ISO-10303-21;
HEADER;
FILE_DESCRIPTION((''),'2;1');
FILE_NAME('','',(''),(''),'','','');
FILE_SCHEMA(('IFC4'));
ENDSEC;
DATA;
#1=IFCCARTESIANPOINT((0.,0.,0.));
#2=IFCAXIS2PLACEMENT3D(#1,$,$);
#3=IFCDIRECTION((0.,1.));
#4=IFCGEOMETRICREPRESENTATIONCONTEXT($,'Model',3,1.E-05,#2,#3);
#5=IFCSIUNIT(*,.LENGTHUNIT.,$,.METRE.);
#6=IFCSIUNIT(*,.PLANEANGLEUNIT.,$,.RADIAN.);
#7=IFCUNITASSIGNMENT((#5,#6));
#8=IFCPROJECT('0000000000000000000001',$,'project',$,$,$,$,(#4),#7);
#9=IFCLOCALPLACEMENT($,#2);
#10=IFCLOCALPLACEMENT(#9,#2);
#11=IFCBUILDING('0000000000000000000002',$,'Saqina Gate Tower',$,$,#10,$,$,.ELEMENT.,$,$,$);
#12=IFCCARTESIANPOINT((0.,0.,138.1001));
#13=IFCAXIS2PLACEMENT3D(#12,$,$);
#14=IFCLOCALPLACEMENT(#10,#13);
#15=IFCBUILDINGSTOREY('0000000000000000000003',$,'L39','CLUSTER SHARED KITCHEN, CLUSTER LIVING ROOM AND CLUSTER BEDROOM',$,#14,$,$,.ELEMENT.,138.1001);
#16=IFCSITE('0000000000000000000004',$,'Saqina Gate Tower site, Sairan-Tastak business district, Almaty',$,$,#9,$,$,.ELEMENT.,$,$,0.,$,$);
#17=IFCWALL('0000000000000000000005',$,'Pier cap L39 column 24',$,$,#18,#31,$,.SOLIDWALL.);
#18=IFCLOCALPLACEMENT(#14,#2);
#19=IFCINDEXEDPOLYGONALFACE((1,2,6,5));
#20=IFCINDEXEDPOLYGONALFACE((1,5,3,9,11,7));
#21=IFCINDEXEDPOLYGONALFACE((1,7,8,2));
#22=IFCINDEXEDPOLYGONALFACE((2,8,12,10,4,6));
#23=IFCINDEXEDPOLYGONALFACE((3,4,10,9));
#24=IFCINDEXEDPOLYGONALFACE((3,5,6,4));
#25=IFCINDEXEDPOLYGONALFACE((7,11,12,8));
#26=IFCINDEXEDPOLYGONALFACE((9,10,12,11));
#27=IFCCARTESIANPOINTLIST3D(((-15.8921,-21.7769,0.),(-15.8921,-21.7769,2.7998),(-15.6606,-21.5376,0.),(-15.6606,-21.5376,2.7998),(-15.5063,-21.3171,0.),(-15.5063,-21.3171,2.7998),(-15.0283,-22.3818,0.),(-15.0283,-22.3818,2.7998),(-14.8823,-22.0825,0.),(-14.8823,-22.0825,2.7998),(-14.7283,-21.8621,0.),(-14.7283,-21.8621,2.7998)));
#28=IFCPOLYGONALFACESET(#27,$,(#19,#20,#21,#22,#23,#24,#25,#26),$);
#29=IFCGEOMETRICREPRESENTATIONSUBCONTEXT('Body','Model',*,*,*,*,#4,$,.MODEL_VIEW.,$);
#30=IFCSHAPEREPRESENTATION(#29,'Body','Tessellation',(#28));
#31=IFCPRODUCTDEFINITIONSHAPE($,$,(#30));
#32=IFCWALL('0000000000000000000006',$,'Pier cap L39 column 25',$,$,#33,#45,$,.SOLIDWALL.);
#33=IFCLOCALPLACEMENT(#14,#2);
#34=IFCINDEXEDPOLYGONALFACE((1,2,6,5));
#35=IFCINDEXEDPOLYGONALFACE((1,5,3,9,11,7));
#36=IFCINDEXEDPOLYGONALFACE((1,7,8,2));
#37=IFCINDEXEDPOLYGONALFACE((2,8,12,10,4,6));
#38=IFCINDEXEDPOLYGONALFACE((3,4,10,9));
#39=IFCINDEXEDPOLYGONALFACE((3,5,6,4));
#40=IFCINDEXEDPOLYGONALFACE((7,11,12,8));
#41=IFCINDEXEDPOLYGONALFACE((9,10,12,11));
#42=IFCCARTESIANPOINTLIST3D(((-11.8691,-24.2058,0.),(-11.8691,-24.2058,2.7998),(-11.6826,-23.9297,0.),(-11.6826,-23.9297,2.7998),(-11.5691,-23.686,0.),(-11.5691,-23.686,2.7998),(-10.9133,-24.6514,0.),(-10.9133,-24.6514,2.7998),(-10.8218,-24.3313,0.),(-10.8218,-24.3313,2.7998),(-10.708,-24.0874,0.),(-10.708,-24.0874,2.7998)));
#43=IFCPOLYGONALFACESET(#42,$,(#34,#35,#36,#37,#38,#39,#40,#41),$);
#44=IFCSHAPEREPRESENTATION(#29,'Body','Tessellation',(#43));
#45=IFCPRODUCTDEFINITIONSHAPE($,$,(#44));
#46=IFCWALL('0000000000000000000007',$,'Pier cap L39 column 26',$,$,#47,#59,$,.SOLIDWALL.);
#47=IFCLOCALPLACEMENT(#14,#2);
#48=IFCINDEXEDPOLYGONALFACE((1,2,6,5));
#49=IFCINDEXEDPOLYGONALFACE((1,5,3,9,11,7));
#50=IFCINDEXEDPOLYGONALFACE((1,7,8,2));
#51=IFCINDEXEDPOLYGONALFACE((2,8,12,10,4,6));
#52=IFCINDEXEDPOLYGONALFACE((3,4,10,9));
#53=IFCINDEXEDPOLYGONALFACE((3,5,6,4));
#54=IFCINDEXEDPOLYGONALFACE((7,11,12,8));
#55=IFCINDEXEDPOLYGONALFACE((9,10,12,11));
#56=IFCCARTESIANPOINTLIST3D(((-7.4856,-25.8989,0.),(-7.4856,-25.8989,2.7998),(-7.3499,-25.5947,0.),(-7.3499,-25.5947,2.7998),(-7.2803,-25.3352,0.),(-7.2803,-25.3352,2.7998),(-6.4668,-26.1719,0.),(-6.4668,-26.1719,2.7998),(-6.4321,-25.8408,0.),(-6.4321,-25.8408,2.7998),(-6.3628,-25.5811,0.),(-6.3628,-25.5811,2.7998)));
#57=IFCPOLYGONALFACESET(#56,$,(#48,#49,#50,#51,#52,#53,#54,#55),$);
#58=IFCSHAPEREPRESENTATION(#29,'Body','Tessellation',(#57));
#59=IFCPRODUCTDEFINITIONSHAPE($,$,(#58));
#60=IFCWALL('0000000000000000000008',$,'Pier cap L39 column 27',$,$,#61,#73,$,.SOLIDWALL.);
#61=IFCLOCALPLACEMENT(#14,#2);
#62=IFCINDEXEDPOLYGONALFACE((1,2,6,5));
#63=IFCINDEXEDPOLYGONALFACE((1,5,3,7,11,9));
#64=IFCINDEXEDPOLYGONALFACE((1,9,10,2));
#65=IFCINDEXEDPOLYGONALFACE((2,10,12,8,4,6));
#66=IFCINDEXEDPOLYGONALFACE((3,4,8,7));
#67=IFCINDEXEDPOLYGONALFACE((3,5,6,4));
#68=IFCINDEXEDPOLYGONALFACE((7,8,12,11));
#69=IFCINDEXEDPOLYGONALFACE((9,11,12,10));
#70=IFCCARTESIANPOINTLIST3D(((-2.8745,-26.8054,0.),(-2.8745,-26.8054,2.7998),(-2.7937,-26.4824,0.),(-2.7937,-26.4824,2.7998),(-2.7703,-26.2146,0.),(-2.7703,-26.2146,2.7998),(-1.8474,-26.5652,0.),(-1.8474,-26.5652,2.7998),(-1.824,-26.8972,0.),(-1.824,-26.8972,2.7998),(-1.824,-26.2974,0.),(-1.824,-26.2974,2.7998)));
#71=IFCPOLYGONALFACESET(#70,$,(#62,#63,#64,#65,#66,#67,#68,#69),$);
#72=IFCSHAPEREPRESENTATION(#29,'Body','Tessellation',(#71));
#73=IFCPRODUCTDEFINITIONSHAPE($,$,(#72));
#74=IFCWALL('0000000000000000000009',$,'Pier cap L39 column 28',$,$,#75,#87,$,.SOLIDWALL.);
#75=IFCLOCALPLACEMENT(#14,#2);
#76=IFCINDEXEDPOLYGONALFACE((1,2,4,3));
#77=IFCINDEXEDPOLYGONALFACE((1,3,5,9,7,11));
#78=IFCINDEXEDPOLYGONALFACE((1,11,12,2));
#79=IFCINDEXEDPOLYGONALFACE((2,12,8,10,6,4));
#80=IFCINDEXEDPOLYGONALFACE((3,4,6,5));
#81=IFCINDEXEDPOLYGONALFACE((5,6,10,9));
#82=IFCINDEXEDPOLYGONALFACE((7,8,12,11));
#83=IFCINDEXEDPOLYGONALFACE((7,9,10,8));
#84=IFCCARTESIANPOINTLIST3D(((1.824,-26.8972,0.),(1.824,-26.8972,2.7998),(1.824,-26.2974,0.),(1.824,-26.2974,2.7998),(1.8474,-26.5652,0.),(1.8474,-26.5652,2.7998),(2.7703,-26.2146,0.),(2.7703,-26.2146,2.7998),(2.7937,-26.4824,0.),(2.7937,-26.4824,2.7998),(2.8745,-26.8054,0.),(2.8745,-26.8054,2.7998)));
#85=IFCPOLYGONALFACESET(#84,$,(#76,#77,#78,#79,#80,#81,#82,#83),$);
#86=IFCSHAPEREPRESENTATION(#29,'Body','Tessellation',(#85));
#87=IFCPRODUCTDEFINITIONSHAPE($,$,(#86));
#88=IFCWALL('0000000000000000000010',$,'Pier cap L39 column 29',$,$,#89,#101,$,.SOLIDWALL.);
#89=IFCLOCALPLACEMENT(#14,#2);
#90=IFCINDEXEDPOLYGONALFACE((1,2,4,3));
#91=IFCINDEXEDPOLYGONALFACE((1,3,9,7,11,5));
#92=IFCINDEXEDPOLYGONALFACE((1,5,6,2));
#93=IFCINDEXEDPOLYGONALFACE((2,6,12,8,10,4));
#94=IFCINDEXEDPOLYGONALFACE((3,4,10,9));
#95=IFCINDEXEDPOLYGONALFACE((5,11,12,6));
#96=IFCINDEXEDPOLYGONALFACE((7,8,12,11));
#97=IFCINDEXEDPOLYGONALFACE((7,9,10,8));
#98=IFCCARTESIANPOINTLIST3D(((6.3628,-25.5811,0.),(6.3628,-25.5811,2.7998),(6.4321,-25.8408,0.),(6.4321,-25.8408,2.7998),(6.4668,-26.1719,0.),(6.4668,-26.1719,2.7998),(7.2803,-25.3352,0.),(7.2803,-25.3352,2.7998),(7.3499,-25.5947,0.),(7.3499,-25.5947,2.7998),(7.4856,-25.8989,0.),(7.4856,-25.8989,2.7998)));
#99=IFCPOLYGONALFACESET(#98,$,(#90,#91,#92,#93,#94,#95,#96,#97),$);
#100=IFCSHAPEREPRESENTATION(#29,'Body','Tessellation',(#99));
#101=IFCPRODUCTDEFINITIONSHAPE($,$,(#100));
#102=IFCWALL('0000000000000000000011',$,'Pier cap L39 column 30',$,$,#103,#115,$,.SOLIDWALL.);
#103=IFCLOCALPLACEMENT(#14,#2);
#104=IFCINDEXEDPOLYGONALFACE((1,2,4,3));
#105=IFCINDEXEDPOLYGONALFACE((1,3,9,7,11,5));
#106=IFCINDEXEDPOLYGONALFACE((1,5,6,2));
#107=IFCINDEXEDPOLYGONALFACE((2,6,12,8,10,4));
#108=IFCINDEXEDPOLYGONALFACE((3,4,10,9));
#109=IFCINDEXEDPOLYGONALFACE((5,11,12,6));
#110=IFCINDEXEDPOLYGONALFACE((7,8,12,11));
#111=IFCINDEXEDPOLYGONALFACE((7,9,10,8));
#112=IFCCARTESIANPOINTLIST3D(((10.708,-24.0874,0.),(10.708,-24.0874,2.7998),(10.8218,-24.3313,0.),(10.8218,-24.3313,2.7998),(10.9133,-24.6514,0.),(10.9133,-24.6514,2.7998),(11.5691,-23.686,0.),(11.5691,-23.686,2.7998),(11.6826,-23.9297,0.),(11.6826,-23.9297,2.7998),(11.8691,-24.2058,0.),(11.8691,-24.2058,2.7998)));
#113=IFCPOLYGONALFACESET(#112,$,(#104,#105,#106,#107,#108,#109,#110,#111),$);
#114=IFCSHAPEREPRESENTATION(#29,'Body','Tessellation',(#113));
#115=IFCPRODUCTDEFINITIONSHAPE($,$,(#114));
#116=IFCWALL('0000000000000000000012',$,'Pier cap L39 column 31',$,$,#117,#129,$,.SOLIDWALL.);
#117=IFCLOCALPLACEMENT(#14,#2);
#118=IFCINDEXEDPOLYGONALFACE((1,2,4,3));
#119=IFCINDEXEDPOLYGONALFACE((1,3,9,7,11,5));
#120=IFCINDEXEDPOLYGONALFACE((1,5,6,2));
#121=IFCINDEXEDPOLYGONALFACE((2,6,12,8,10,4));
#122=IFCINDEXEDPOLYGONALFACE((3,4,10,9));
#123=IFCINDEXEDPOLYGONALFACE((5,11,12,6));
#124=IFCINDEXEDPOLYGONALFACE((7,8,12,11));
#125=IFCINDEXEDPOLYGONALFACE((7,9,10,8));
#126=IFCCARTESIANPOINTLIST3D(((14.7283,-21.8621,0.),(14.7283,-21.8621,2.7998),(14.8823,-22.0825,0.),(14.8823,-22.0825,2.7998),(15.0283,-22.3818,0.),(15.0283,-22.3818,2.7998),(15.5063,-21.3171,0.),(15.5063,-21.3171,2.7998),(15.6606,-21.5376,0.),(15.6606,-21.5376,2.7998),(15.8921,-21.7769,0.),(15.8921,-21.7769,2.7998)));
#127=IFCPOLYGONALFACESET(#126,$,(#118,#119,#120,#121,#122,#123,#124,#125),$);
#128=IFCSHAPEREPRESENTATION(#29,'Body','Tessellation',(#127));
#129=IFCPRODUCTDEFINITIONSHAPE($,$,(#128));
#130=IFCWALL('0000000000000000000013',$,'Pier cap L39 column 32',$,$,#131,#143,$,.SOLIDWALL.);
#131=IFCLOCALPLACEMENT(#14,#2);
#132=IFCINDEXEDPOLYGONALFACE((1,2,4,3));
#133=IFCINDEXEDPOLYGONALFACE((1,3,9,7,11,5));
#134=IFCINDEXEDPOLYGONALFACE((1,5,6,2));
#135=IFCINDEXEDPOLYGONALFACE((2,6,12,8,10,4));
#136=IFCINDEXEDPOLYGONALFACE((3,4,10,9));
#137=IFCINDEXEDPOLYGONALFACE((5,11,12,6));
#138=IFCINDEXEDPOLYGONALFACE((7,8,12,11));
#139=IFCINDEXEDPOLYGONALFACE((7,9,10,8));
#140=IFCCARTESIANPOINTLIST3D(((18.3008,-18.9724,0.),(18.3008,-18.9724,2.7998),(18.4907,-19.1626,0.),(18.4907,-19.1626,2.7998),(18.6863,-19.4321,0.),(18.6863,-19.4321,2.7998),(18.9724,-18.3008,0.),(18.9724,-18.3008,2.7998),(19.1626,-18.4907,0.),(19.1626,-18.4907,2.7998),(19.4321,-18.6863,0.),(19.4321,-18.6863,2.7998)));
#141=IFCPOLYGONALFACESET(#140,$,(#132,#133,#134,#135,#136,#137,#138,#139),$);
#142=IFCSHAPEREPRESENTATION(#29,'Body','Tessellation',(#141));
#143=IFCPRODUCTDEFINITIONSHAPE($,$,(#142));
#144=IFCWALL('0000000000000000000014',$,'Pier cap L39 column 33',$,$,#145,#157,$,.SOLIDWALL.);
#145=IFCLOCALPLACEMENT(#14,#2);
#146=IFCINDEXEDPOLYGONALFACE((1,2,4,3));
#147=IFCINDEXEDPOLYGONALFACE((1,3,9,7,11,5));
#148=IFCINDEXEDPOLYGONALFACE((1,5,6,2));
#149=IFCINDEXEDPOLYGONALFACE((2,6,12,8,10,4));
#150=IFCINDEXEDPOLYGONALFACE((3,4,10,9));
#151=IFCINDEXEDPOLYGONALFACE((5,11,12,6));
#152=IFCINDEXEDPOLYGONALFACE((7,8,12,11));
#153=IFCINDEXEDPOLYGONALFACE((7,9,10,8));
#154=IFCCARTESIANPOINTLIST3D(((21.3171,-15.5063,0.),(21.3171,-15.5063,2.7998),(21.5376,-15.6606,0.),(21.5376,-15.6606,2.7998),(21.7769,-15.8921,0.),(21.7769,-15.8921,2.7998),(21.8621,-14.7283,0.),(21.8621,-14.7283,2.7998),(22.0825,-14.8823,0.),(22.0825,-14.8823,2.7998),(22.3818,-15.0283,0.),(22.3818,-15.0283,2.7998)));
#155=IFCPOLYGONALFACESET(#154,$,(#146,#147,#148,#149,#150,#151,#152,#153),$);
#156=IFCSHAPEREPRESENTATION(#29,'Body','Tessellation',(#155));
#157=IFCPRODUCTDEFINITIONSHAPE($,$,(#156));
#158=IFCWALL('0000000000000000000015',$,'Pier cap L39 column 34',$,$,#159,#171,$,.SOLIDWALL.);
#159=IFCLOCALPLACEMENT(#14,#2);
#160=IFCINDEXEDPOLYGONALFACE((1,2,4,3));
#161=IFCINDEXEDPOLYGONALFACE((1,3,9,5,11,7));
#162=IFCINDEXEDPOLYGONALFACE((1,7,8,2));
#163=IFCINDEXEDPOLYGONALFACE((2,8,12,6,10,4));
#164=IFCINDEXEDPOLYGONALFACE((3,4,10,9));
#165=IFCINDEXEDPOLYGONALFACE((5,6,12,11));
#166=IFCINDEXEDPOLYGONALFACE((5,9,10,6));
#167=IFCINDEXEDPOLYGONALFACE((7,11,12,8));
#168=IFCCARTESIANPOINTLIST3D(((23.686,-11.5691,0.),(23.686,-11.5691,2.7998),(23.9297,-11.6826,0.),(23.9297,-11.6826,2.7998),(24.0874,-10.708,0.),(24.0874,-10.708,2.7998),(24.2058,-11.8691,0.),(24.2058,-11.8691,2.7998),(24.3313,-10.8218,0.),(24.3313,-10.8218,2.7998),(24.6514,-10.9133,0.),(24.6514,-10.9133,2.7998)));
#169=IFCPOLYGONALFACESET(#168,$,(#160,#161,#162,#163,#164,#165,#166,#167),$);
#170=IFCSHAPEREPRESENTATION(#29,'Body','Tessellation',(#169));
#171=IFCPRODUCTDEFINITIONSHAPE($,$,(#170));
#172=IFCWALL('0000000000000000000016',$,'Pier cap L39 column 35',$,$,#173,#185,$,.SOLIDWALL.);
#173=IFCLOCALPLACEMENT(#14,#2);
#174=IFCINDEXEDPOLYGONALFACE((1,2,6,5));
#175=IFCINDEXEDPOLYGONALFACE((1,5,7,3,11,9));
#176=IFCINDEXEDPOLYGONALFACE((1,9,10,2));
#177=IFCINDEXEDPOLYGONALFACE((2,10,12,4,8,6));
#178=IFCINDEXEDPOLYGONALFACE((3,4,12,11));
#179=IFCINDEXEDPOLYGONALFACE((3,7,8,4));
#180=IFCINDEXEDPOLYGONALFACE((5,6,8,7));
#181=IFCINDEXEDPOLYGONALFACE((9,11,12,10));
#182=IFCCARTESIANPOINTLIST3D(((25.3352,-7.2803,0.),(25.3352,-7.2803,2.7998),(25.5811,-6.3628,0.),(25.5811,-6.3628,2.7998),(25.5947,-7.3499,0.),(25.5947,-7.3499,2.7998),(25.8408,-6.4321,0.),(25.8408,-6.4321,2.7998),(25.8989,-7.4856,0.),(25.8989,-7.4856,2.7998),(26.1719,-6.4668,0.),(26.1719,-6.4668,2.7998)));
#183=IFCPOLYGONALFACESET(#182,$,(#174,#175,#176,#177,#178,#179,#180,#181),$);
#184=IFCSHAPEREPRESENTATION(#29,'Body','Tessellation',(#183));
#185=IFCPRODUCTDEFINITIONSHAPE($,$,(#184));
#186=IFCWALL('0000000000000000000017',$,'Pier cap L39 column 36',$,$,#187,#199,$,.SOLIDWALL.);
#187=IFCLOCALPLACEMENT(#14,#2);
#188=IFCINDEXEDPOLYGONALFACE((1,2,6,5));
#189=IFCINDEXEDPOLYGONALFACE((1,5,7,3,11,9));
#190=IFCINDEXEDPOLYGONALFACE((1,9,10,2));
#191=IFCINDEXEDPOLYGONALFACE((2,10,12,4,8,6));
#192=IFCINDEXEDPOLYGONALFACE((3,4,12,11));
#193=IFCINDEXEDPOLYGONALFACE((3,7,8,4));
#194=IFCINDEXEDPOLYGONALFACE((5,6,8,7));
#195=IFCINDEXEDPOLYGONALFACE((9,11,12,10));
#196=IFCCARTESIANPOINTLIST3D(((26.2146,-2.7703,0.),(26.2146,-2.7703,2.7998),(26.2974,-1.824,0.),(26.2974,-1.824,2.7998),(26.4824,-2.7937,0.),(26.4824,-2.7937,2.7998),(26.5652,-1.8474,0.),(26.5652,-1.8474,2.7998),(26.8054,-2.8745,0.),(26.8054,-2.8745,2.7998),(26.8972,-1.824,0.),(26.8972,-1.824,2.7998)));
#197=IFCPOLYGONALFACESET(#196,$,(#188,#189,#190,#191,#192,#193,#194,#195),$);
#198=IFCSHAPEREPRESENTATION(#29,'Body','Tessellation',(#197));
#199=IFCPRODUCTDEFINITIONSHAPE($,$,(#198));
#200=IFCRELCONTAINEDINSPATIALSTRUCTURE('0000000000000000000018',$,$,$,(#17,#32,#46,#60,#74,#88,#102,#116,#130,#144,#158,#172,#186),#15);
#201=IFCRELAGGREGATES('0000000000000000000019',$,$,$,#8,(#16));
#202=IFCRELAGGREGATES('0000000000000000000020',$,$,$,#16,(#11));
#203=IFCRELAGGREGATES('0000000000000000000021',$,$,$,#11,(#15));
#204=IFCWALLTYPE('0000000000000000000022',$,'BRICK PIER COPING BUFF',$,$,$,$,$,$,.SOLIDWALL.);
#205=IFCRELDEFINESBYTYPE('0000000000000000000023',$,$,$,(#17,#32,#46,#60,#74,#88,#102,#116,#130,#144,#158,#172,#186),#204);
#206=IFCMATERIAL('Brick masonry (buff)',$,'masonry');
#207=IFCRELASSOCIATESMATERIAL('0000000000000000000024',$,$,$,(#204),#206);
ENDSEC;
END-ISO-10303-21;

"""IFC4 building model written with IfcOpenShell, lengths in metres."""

from ifc_helpers import new_model, si_unit, direction, frame, origin, place, context, subcontext, project, spatial, polyline, outline, extrude, material, type_object, element, save


model = new_model("IFC4")

# Units and contexts
model_context = context("Model", 3, precision=1e-05, world=origin(), true_north=direction((0.0, 1.0)))
body_context = subcontext(model_context, "Body", "Model", "MODEL_VIEW")
ifc_project = project(units=[si_unit("LENGTHUNIT", "METRE"), si_unit("PLANEANGLEUNIT", "RADIAN")], contexts=[model_context])

# Site, building, storey
site_placement = place(None, origin())
site = spatial("IfcSite", under=ifc_project, at=site_placement, Name="Saqina Gate Tower site, Sairan-Tastak business district, Almaty", CompositionType="ELEMENT", RefElevation=0.0)
building_placement = place(site_placement, origin())
building = spatial("IfcBuilding", under=site, at=building_placement, Name="Saqina Gate Tower", CompositionType="ELEMENT")
storey_placement = place(building_placement, frame((0.0, 0.0, 138.1001)))
storey = spatial("IfcBuildingStorey", under=building, at=storey_placement, Name="L39", Description="CLUSTER SHARED KITCHEN, CLUSTER LIVING ROOM AND CLUSTER BEDROOM", CompositionType="ELEMENT", Elevation=138.1001)

# Walls
ifc_material_1 = material(Name="Brick masonry (buff)", Category="masonry")
wall_type_1 = type_object("IfcWallType", Name="BRICK PIER COPING BUFF", PredefinedType="SOLIDWALL", material=ifc_material_1)
wall_1_placement = place(storey_placement, origin())
element("IfcWall", 1, at=wall_1_placement, inside=storey, type_object=wall_type_1, Name="Pier cap L39 column 24", PredefinedType="SOLIDWALL", context=body_context, shape_type="SweptSolid", body=[
    extrude(outline(polyline([(-15.0283, -22.3818), (-14.7283, -21.8621), (-14.8823, -22.0825), (-15.6606, -21.5376), (-15.5063, -21.3171), (-15.8921, -21.7769), (-15.0283, -22.3818)])), origin(), (0.0, 0.0, 1.0), 2.7998),
])
wall_2_placement = place(storey_placement, origin())
element("IfcWall", 2, at=wall_2_placement, inside=storey, type_object=wall_type_1, Name="Pier cap L39 column 25", PredefinedType="SOLIDWALL", context=body_context, shape_type="SweptSolid", body=[
    extrude(outline(polyline([(-10.9133, -24.6514), (-10.708, -24.0874), (-10.8218, -24.3313), (-11.6826, -23.9297), (-11.5691, -23.686), (-11.8691, -24.2058), (-10.9133, -24.6514)])), origin(), (0.0, 0.0, 1.0), 2.7998),
])
wall_3_placement = place(storey_placement, origin())
element("IfcWall", 3, at=wall_3_placement, inside=storey, type_object=wall_type_1, Name="Pier cap L39 column 26", PredefinedType="SOLIDWALL", context=body_context, shape_type="SweptSolid", body=[
    extrude(outline(polyline([(-7.4856, -25.8989), (-6.4668, -26.1719), (-6.3628, -25.5811), (-6.4321, -25.8408), (-7.3499, -25.5947), (-7.2803, -25.3352), (-7.4856, -25.8989)])), origin(), (0.0, 0.0, 1.0), 2.7998),
])
wall_4_placement = place(storey_placement, origin())
element("IfcWall", 4, at=wall_4_placement, inside=storey, type_object=wall_type_1, Name="Pier cap L39 column 27", PredefinedType="SOLIDWALL", context=body_context, shape_type="SweptSolid", body=[
    extrude(outline(polyline([(-2.8745, -26.8054), (-1.824, -26.8972), (-1.824, -26.2974), (-1.8474, -26.5652), (-2.7937, -26.4824), (-2.7703, -26.2146), (-2.8745, -26.8054)])), origin(), (0.0, 0.0, 1.0), 2.7998),
])
wall_5_placement = place(storey_placement, origin())
element("IfcWall", 5, at=wall_5_placement, inside=storey, type_object=wall_type_1, Name="Pier cap L39 column 28", PredefinedType="SOLIDWALL", context=body_context, shape_type="SweptSolid", body=[
    extrude(outline(polyline([(2.8745, -26.8054), (2.7703, -26.2146), (2.7937, -26.4824), (1.8474, -26.5652), (1.824, -26.2974), (1.824, -26.8972), (2.8745, -26.8054)])), origin(), (0.0, 0.0, 1.0), 2.7998),
])
wall_6_placement = place(storey_placement, origin())
element("IfcWall", 6, at=wall_6_placement, inside=storey, type_object=wall_type_1, Name="Pier cap L39 column 29", PredefinedType="SOLIDWALL", context=body_context, shape_type="SweptSolid", body=[
    extrude(outline(polyline([(6.4668, -26.1719), (7.4856, -25.8989), (7.2803, -25.3352), (7.3499, -25.5947), (6.4321, -25.8408), (6.3628, -25.5811), (6.4668, -26.1719)])), origin(), (0.0, 0.0, 1.0), 2.7998),
])
wall_7_placement = place(storey_placement, origin())
element("IfcWall", 7, at=wall_7_placement, inside=storey, type_object=wall_type_1, Name="Pier cap L39 column 30", PredefinedType="SOLIDWALL", context=body_context, shape_type="SweptSolid", body=[
    extrude(outline(polyline([(10.9133, -24.6514), (11.8691, -24.2058), (11.5691, -23.686), (11.6826, -23.9297), (10.8218, -24.3313), (10.708, -24.0874), (10.9133, -24.6514)])), origin(), (0.0, 0.0, 1.0), 2.7998),
])
wall_8_placement = place(storey_placement, origin())
element("IfcWall", 8, at=wall_8_placement, inside=storey, type_object=wall_type_1, Name="Pier cap L39 column 31", PredefinedType="SOLIDWALL", context=body_context, shape_type="SweptSolid", body=[
    extrude(outline(polyline([(15.8921, -21.7769), (15.5063, -21.3171), (15.6606, -21.5376), (14.8823, -22.0825), (14.7283, -21.8621), (15.0283, -22.3818), (15.8921, -21.7769)])), origin(), (0.0, 0.0, 1.0), 2.7998),
])
wall_9_placement = place(storey_placement, origin())
element("IfcWall", 9, at=wall_9_placement, inside=storey, type_object=wall_type_1, Name="Pier cap L39 column 32", PredefinedType="SOLIDWALL", context=body_context, shape_type="SweptSolid", body=[
    extrude(outline(polyline([(18.6863, -19.4321), (19.4321, -18.6863), (18.9724, -18.3008), (19.1626, -18.4907), (18.4907, -19.1626), (18.3008, -18.9724), (18.6863, -19.4321)])), origin(), (0.0, 0.0, 1.0), 2.7998),
])
wall_10_placement = place(storey_placement, origin())
element("IfcWall", 10, at=wall_10_placement, inside=storey, type_object=wall_type_1, Name="Pier cap L39 column 33", PredefinedType="SOLIDWALL", context=body_context, shape_type="SweptSolid", body=[
    extrude(outline(polyline([(22.3818, -15.0283), (21.8621, -14.7283), (22.0825, -14.8823), (21.5376, -15.6606), (21.3171, -15.5063), (21.7769, -15.8921), (22.3818, -15.0283)])), origin(), (0.0, 0.0, 1.0), 2.7998),
])
wall_11_placement = place(storey_placement, origin())
element("IfcWall", 11, at=wall_11_placement, inside=storey, type_object=wall_type_1, Name="Pier cap L39 column 34", PredefinedType="SOLIDWALL", context=body_context, shape_type="SweptSolid", body=[
    extrude(outline(polyline([(24.6514, -10.9133), (24.0874, -10.708), (24.3313, -10.8218), (23.9297, -11.6826), (23.686, -11.5691), (24.2058, -11.8691), (24.6514, -10.9133)])), origin(), (0.0, 0.0, 1.0), 2.7998),
])
wall_12_placement = place(storey_placement, origin())
element("IfcWall", 12, at=wall_12_placement, inside=storey, type_object=wall_type_1, Name="Pier cap L39 column 35", PredefinedType="SOLIDWALL", context=body_context, shape_type="SweptSolid", body=[
    extrude(outline(polyline([(25.8989, -7.4856), (26.1719, -6.4668), (25.5811, -6.3628), (25.8408, -6.4321), (25.5947, -7.3499), (25.3352, -7.2803), (25.8989, -7.4856)])), origin(), (0.0, 0.0, 1.0), 2.7998),
])
wall_13_placement = place(storey_placement, origin())
element("IfcWall", 13, at=wall_13_placement, inside=storey, type_object=wall_type_1, Name="Pier cap L39 column 36", PredefinedType="SOLIDWALL", context=body_context, shape_type="SweptSolid", body=[
    extrude(outline(polyline([(26.8054, -2.8745), (26.8972, -1.824), (26.2974, -1.824), (26.5652, -1.8474), (26.4824, -2.7937), (26.2146, -2.7703), (26.8054, -2.8745)])), origin(), (0.0, 0.0, 1.0), 2.7998),
])

save(model, "model.ifc")
